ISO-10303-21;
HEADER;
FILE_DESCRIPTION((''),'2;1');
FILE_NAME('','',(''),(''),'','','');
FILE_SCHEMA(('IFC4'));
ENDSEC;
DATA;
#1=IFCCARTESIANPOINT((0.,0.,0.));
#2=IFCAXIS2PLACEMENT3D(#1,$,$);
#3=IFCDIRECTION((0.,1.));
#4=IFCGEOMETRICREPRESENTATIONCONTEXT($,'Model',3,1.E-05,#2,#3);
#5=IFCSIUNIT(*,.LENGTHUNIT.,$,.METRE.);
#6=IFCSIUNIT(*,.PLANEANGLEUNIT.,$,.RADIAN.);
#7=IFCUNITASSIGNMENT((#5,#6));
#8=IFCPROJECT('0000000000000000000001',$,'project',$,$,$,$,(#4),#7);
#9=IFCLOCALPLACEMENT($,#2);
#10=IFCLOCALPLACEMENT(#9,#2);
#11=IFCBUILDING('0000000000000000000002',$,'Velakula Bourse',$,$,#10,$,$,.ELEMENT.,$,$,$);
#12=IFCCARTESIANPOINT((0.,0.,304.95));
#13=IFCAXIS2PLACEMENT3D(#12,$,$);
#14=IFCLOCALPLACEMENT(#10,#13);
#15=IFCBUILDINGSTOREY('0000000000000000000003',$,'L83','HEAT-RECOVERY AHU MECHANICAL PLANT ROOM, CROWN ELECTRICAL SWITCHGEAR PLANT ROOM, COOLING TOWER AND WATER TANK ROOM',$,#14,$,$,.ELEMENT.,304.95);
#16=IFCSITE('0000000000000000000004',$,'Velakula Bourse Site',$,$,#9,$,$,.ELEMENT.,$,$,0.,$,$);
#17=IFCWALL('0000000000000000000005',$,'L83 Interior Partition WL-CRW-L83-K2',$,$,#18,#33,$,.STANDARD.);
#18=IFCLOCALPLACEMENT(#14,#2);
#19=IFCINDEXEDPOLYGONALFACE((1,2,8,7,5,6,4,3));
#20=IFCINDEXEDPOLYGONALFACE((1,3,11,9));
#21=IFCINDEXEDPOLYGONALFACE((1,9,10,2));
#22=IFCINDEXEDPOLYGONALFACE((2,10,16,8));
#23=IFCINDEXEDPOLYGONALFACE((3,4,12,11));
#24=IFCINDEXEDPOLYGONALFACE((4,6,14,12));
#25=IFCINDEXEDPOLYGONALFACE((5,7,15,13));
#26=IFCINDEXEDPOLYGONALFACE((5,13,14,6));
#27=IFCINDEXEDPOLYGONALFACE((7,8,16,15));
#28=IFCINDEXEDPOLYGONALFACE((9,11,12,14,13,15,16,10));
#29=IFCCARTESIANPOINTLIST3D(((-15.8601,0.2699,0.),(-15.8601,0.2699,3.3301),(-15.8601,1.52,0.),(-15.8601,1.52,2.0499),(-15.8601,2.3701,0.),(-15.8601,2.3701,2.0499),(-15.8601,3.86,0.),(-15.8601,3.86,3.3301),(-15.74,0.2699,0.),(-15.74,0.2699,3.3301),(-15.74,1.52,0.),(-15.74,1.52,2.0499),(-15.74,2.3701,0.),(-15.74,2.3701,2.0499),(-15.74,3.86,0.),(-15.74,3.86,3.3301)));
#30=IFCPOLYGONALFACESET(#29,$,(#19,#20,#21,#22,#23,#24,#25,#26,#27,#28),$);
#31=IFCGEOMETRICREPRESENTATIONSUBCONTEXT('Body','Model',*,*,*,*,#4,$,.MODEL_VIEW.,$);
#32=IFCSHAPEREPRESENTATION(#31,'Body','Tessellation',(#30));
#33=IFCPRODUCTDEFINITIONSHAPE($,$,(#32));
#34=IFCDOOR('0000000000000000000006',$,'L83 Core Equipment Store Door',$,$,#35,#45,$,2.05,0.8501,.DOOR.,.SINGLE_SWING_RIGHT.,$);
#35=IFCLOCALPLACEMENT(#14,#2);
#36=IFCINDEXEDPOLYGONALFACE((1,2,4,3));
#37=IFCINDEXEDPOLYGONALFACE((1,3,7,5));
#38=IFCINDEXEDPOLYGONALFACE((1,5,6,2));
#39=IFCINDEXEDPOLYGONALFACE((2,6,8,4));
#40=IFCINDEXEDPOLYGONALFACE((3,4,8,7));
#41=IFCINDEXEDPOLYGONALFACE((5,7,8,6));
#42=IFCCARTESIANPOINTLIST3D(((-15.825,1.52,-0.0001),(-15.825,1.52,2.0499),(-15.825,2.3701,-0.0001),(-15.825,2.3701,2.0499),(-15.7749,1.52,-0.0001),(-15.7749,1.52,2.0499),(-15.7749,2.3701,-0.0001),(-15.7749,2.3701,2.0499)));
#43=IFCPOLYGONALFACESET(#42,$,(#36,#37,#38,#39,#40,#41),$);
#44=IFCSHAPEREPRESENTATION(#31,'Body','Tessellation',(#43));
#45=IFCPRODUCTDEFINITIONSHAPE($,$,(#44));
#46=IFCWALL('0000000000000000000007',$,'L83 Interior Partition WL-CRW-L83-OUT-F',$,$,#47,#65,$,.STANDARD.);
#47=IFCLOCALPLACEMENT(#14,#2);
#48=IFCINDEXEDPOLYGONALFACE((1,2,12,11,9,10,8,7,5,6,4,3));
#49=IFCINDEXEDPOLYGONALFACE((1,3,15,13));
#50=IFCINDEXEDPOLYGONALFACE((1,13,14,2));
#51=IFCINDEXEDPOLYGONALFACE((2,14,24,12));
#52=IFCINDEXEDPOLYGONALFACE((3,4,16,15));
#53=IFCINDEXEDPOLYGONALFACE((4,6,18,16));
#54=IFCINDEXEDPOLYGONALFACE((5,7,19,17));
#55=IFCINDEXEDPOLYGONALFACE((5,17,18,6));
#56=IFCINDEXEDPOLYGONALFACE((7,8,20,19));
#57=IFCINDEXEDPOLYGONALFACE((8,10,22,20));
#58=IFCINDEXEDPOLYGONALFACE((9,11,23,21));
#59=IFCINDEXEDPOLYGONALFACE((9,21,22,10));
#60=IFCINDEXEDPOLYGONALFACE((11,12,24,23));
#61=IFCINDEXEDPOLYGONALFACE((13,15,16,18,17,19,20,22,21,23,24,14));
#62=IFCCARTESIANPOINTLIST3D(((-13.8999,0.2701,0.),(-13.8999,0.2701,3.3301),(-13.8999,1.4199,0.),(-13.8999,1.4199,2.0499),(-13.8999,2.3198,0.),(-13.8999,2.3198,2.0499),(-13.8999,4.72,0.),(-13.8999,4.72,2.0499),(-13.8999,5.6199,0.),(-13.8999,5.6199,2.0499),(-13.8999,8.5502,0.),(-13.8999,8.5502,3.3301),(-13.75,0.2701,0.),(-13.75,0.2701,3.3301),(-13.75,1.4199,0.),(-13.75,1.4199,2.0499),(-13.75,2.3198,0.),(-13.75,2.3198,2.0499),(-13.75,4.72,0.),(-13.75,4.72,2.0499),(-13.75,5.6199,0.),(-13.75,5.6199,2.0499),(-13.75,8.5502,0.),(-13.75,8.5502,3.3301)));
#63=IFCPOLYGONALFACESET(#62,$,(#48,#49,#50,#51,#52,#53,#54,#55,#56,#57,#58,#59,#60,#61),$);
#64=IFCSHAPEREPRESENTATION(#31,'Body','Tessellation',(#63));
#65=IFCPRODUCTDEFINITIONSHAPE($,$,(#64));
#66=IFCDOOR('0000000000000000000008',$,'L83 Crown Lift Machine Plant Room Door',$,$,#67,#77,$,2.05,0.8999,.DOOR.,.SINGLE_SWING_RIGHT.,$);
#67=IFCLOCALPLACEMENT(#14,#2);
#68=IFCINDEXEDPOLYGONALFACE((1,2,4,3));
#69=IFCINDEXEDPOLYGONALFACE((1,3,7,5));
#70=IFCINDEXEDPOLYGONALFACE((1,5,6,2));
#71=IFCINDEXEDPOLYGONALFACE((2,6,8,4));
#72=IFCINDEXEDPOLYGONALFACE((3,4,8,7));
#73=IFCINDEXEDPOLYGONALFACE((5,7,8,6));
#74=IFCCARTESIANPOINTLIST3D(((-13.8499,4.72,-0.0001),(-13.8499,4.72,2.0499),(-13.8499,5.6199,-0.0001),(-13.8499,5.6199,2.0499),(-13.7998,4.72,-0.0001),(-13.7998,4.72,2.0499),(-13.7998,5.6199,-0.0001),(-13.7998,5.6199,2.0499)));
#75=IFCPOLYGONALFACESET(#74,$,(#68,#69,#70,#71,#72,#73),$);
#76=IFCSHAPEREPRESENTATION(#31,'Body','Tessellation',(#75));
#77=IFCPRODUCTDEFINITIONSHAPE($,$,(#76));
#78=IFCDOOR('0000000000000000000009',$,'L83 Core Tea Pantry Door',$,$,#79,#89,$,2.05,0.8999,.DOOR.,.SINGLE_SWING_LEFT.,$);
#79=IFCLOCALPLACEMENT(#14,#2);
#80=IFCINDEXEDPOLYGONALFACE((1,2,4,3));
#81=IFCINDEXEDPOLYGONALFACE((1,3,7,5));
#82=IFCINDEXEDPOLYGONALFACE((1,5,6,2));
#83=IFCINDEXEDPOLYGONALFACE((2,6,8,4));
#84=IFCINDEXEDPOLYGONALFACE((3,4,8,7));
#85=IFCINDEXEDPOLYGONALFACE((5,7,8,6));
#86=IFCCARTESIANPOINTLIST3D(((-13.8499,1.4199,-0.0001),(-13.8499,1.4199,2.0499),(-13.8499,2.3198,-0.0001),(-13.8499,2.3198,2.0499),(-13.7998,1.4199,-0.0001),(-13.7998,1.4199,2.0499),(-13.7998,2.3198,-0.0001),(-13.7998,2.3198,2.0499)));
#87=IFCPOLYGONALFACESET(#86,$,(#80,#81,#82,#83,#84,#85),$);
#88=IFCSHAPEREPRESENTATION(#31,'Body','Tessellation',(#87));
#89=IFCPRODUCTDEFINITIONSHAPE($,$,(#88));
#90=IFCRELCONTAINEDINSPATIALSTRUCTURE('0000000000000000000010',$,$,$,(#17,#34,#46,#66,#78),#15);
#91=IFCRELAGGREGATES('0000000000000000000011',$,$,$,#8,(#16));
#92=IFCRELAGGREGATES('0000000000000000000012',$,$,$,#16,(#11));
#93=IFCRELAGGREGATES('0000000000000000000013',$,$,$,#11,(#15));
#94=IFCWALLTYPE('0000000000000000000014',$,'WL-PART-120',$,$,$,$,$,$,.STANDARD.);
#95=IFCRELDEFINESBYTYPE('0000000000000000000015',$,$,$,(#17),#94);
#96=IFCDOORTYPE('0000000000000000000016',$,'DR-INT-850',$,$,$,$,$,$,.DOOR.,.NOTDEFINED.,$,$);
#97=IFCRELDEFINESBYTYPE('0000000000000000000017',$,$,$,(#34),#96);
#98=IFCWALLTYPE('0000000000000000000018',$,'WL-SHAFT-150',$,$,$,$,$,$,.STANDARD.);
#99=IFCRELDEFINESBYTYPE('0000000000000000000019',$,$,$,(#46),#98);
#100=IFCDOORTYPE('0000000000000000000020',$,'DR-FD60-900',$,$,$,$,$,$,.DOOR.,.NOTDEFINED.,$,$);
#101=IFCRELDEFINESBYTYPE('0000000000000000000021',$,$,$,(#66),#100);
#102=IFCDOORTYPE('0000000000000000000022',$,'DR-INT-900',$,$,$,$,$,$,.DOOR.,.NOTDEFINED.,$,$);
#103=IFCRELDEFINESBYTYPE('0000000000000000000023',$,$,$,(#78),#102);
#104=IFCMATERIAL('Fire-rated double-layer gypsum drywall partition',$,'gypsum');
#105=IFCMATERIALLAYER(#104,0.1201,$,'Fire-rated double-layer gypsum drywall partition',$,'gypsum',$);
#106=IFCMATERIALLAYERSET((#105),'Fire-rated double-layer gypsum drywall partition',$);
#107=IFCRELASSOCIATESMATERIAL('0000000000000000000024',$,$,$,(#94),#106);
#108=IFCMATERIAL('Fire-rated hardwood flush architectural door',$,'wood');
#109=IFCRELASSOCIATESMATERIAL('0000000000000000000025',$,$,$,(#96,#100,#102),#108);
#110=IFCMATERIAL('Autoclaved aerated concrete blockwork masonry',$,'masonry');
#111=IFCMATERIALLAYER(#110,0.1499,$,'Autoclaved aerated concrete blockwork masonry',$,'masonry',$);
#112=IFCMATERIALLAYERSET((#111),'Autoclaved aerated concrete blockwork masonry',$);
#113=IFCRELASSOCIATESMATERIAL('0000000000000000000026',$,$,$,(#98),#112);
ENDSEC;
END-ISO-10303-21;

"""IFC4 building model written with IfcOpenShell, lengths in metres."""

from ifc_helpers import new_model, si_unit, direction, frame, frame_2d, origin, place, context, subcontext, project, spatial, rectangle, extrude, material, layer, layer_set, type_object, element, fill, save


model = new_model("IFC4")

# Units and contexts
model_context = context("Model", 3, precision=1e-05, world=origin(), true_north=direction((0.0, 1.0)))
body_context = subcontext(model_context, "Body", "Model", "MODEL_VIEW")
ifc_project = project(units=[si_unit("LENGTHUNIT", "METRE"), si_unit("PLANEANGLEUNIT", "RADIAN")], contexts=[model_context])

# Site, building, storey
site_placement = place(None, origin())
site = spatial("IfcSite", under=ifc_project, at=site_placement, Name="Velakula Bourse Site", CompositionType="ELEMENT", RefElevation=0.0)
building_placement = place(site_placement, origin())
building = spatial("IfcBuilding", under=site, at=building_placement, Name="Velakula Bourse", CompositionType="ELEMENT")
storey_placement = place(building_placement, frame((0.0, 0.0, 304.95)))
storey = spatial("IfcBuildingStorey", under=building, at=storey_placement, Name="L83", Description="HEAT-RECOVERY AHU MECHANICAL PLANT ROOM, CROWN ELECTRICAL SWITCHGEAR PLANT ROOM, COOLING TOWER AND WATER TANK ROOM", CompositionType="ELEMENT", Elevation=304.95)

# Shared definitions
ifc_material_1 = material(Name="Fire-rated double-layer gypsum drywall partition", Category="gypsum")
ifc_layer_1 = layer(ifc_material_1, 0.1201, Name="Fire-rated double-layer gypsum drywall partition", Category="gypsum")
ifc_layer_set_1 = layer_set([ifc_layer_1], Name="Fire-rated double-layer gypsum drywall partition")
wall_type_1 = type_object("IfcWallType", Name="WL-PART-120", PredefinedType="STANDARD", material=ifc_layer_set_1)
ifc_material_2 = material(Name="Fire-rated hardwood flush architectural door", Category="wood")

# Wall, opening, door
wall_1_placement = place(storey_placement, frame((-15.8, 0.27, 0.0), z_axis=(0.0, 0.0, 1.0), x_axis=(0.0, 1.0, 0.0)))
wall_1 = element("IfcWall", 1, at=wall_1_placement, inside=storey, type_object=wall_type_1, Name="L83 Interior Partition WL-CRW-L83-K2", PredefinedType="STANDARD", context=body_context, shape_type="SweptSolid", body=[
    extrude(rectangle(XDim=3.5901, YDim=0.1201, at=frame_2d((1.7949, 0.0))), origin(), (0.0, 0.0, 1.0), 3.3301),
])
opening_1_placement = place(wall_1_placement, frame((1.25, 0.0, 0.0)))
opening_1 = element("IfcOpeningElement", 2, at=opening_1_placement, cuts=wall_1, PredefinedType="OPENING", context=body_context, shape_type="SweptSolid", body=[
    extrude(rectangle(XDim=0.8501, YDim=2.05, at=frame_2d((0.425, 1.0249))), frame((0.0, 0.0701, 0.0), z_axis=(0.0, -1.0, 0.0), x_axis=(1.0, 0.0, 0.0)), (0.0, 0.0, 1.0), 0.1401),
])
door_type_1 = type_object("IfcDoorType", Name="DR-INT-850", OperationType="NOTDEFINED", PredefinedType="DOOR", material=ifc_material_2)
door_1_placement = place(opening_1_placement, origin())
door_1 = element("IfcDoor", 3, at=door_1_placement, inside=storey, type_object=door_type_1, Name="L83 Core Equipment Store Door", OperationType="SINGLE_SWING_RIGHT", OverallHeight=2.05, OverallWidth=0.8501, PredefinedType="DOOR", context=body_context, shape_type="SweptSolid", body=[
    extrude(rectangle(XDim=0.8501, YDim=2.05, at=frame_2d((0.425, 1.0249))), frame((0.0, 0.0249, 0.0), z_axis=(0.0, -1.0, 0.0), x_axis=(1.0, 0.0, 0.0)), (0.0, 0.0, 1.0), 0.05),
])
fill(opening_1, door_1)

# Wall, openings, doors
ifc_material_3 = material(Name="Autoclaved aerated concrete blockwork masonry", Category="masonry")
ifc_layer_2 = layer(ifc_material_3, 0.1499, Name="Autoclaved aerated concrete blockwork masonry", Category="masonry")
ifc_layer_set_2 = layer_set([ifc_layer_2], Name="Autoclaved aerated concrete blockwork masonry")
wall_type_2 = type_object("IfcWallType", Name="WL-SHAFT-150", PredefinedType="STANDARD", material=ifc_layer_set_2)
wall_2_placement = place(storey_placement, frame((-13.825, 0.27, 0.0), z_axis=(0.0, 0.0, 1.0), x_axis=(0.0, 1.0, 0.0)))
wall_2 = element("IfcWall", 4, at=wall_2_placement, inside=storey, type_object=wall_type_2, Name="L83 Interior Partition WL-CRW-L83-OUT-F", PredefinedType="STANDARD", context=body_context, shape_type="SweptSolid", body=[
    extrude(rectangle(XDim=8.28, YDim=0.1499, at=frame_2d((4.1401, 0.0))), origin(), (0.0, 0.0, 1.0), 3.3301),
])
opening_2_placement = place(wall_2_placement, frame((4.45, 0.0, 0.0)))
opening_2 = element("IfcOpeningElement", 5, at=opening_2_placement, cuts=wall_2, PredefinedType="OPENING", context=body_context, shape_type="SweptSolid", body=[
    extrude(rectangle(XDim=0.8999, YDim=2.05, at=frame_2d((0.45, 1.0249))), frame((0.0, 0.085, 0.0), z_axis=(0.0, -1.0, 0.0), x_axis=(1.0, 0.0, 0.0)), (0.0, 0.0, 1.0), 0.1699),
])
opening_3_placement = place(wall_2_placement, frame((1.1499, 0.0, 0.0)))
opening_3 = element("IfcOpeningElement", 6, at=opening_3_placement, cuts=wall_2, PredefinedType="OPENING", context=body_context, shape_type="SweptSolid", body=[
    extrude(rectangle(XDim=0.8999, YDim=2.05, at=frame_2d((0.45, 1.0249))), frame((0.0, 0.085, 0.0), z_axis=(0.0, -1.0, 0.0), x_axis=(1.0, 0.0, 0.0)), (0.0, 0.0, 1.0), 0.1699),
])
door_type_2 = type_object("IfcDoorType", Name="DR-FD60-900", OperationType="NOTDEFINED", PredefinedType="DOOR", material=ifc_material_2)
door_2_placement = place(opening_2_placement, origin())
door_2 = element("IfcDoor", 7, at=door_2_placement, inside=storey, type_object=door_type_2, Name="L83 Crown Lift Machine Plant Room Door", OperationType="SINGLE_SWING_RIGHT", OverallHeight=2.05, OverallWidth=0.8999, PredefinedType="DOOR", context=body_context, shape_type="SweptSolid", body=[
    extrude(rectangle(XDim=0.8999, YDim=2.05, at=frame_2d((0.45, 1.0249))), frame((0.0, 0.0249, 0.0), z_axis=(0.0, -1.0, 0.0), x_axis=(1.0, 0.0, 0.0)), (0.0, 0.0, 1.0), 0.05),
])
fill(opening_2, door_2)
door_type_3 = type_object("IfcDoorType", Name="DR-INT-900", OperationType="NOTDEFINED", PredefinedType="DOOR", material=ifc_material_2)
door_3_placement = place(opening_3_placement, origin())
door_3 = element("IfcDoor", 8, at=door_3_placement, inside=storey, type_object=door_type_3, Name="L83 Core Tea Pantry Door", OperationType="SINGLE_SWING_LEFT", OverallHeight=2.05, OverallWidth=0.8999, PredefinedType="DOOR", context=body_context, shape_type="SweptSolid", body=[
    extrude(rectangle(XDim=0.8999, YDim=2.05, at=frame_2d((0.45, 1.0249))), frame((0.0, 0.0249, 0.0), z_axis=(0.0, -1.0, 0.0), x_axis=(1.0, 0.0, 0.0)), (0.0, 0.0, 1.0), 0.05),
])
fill(opening_3, door_3)

save(model, "model.ifc")
